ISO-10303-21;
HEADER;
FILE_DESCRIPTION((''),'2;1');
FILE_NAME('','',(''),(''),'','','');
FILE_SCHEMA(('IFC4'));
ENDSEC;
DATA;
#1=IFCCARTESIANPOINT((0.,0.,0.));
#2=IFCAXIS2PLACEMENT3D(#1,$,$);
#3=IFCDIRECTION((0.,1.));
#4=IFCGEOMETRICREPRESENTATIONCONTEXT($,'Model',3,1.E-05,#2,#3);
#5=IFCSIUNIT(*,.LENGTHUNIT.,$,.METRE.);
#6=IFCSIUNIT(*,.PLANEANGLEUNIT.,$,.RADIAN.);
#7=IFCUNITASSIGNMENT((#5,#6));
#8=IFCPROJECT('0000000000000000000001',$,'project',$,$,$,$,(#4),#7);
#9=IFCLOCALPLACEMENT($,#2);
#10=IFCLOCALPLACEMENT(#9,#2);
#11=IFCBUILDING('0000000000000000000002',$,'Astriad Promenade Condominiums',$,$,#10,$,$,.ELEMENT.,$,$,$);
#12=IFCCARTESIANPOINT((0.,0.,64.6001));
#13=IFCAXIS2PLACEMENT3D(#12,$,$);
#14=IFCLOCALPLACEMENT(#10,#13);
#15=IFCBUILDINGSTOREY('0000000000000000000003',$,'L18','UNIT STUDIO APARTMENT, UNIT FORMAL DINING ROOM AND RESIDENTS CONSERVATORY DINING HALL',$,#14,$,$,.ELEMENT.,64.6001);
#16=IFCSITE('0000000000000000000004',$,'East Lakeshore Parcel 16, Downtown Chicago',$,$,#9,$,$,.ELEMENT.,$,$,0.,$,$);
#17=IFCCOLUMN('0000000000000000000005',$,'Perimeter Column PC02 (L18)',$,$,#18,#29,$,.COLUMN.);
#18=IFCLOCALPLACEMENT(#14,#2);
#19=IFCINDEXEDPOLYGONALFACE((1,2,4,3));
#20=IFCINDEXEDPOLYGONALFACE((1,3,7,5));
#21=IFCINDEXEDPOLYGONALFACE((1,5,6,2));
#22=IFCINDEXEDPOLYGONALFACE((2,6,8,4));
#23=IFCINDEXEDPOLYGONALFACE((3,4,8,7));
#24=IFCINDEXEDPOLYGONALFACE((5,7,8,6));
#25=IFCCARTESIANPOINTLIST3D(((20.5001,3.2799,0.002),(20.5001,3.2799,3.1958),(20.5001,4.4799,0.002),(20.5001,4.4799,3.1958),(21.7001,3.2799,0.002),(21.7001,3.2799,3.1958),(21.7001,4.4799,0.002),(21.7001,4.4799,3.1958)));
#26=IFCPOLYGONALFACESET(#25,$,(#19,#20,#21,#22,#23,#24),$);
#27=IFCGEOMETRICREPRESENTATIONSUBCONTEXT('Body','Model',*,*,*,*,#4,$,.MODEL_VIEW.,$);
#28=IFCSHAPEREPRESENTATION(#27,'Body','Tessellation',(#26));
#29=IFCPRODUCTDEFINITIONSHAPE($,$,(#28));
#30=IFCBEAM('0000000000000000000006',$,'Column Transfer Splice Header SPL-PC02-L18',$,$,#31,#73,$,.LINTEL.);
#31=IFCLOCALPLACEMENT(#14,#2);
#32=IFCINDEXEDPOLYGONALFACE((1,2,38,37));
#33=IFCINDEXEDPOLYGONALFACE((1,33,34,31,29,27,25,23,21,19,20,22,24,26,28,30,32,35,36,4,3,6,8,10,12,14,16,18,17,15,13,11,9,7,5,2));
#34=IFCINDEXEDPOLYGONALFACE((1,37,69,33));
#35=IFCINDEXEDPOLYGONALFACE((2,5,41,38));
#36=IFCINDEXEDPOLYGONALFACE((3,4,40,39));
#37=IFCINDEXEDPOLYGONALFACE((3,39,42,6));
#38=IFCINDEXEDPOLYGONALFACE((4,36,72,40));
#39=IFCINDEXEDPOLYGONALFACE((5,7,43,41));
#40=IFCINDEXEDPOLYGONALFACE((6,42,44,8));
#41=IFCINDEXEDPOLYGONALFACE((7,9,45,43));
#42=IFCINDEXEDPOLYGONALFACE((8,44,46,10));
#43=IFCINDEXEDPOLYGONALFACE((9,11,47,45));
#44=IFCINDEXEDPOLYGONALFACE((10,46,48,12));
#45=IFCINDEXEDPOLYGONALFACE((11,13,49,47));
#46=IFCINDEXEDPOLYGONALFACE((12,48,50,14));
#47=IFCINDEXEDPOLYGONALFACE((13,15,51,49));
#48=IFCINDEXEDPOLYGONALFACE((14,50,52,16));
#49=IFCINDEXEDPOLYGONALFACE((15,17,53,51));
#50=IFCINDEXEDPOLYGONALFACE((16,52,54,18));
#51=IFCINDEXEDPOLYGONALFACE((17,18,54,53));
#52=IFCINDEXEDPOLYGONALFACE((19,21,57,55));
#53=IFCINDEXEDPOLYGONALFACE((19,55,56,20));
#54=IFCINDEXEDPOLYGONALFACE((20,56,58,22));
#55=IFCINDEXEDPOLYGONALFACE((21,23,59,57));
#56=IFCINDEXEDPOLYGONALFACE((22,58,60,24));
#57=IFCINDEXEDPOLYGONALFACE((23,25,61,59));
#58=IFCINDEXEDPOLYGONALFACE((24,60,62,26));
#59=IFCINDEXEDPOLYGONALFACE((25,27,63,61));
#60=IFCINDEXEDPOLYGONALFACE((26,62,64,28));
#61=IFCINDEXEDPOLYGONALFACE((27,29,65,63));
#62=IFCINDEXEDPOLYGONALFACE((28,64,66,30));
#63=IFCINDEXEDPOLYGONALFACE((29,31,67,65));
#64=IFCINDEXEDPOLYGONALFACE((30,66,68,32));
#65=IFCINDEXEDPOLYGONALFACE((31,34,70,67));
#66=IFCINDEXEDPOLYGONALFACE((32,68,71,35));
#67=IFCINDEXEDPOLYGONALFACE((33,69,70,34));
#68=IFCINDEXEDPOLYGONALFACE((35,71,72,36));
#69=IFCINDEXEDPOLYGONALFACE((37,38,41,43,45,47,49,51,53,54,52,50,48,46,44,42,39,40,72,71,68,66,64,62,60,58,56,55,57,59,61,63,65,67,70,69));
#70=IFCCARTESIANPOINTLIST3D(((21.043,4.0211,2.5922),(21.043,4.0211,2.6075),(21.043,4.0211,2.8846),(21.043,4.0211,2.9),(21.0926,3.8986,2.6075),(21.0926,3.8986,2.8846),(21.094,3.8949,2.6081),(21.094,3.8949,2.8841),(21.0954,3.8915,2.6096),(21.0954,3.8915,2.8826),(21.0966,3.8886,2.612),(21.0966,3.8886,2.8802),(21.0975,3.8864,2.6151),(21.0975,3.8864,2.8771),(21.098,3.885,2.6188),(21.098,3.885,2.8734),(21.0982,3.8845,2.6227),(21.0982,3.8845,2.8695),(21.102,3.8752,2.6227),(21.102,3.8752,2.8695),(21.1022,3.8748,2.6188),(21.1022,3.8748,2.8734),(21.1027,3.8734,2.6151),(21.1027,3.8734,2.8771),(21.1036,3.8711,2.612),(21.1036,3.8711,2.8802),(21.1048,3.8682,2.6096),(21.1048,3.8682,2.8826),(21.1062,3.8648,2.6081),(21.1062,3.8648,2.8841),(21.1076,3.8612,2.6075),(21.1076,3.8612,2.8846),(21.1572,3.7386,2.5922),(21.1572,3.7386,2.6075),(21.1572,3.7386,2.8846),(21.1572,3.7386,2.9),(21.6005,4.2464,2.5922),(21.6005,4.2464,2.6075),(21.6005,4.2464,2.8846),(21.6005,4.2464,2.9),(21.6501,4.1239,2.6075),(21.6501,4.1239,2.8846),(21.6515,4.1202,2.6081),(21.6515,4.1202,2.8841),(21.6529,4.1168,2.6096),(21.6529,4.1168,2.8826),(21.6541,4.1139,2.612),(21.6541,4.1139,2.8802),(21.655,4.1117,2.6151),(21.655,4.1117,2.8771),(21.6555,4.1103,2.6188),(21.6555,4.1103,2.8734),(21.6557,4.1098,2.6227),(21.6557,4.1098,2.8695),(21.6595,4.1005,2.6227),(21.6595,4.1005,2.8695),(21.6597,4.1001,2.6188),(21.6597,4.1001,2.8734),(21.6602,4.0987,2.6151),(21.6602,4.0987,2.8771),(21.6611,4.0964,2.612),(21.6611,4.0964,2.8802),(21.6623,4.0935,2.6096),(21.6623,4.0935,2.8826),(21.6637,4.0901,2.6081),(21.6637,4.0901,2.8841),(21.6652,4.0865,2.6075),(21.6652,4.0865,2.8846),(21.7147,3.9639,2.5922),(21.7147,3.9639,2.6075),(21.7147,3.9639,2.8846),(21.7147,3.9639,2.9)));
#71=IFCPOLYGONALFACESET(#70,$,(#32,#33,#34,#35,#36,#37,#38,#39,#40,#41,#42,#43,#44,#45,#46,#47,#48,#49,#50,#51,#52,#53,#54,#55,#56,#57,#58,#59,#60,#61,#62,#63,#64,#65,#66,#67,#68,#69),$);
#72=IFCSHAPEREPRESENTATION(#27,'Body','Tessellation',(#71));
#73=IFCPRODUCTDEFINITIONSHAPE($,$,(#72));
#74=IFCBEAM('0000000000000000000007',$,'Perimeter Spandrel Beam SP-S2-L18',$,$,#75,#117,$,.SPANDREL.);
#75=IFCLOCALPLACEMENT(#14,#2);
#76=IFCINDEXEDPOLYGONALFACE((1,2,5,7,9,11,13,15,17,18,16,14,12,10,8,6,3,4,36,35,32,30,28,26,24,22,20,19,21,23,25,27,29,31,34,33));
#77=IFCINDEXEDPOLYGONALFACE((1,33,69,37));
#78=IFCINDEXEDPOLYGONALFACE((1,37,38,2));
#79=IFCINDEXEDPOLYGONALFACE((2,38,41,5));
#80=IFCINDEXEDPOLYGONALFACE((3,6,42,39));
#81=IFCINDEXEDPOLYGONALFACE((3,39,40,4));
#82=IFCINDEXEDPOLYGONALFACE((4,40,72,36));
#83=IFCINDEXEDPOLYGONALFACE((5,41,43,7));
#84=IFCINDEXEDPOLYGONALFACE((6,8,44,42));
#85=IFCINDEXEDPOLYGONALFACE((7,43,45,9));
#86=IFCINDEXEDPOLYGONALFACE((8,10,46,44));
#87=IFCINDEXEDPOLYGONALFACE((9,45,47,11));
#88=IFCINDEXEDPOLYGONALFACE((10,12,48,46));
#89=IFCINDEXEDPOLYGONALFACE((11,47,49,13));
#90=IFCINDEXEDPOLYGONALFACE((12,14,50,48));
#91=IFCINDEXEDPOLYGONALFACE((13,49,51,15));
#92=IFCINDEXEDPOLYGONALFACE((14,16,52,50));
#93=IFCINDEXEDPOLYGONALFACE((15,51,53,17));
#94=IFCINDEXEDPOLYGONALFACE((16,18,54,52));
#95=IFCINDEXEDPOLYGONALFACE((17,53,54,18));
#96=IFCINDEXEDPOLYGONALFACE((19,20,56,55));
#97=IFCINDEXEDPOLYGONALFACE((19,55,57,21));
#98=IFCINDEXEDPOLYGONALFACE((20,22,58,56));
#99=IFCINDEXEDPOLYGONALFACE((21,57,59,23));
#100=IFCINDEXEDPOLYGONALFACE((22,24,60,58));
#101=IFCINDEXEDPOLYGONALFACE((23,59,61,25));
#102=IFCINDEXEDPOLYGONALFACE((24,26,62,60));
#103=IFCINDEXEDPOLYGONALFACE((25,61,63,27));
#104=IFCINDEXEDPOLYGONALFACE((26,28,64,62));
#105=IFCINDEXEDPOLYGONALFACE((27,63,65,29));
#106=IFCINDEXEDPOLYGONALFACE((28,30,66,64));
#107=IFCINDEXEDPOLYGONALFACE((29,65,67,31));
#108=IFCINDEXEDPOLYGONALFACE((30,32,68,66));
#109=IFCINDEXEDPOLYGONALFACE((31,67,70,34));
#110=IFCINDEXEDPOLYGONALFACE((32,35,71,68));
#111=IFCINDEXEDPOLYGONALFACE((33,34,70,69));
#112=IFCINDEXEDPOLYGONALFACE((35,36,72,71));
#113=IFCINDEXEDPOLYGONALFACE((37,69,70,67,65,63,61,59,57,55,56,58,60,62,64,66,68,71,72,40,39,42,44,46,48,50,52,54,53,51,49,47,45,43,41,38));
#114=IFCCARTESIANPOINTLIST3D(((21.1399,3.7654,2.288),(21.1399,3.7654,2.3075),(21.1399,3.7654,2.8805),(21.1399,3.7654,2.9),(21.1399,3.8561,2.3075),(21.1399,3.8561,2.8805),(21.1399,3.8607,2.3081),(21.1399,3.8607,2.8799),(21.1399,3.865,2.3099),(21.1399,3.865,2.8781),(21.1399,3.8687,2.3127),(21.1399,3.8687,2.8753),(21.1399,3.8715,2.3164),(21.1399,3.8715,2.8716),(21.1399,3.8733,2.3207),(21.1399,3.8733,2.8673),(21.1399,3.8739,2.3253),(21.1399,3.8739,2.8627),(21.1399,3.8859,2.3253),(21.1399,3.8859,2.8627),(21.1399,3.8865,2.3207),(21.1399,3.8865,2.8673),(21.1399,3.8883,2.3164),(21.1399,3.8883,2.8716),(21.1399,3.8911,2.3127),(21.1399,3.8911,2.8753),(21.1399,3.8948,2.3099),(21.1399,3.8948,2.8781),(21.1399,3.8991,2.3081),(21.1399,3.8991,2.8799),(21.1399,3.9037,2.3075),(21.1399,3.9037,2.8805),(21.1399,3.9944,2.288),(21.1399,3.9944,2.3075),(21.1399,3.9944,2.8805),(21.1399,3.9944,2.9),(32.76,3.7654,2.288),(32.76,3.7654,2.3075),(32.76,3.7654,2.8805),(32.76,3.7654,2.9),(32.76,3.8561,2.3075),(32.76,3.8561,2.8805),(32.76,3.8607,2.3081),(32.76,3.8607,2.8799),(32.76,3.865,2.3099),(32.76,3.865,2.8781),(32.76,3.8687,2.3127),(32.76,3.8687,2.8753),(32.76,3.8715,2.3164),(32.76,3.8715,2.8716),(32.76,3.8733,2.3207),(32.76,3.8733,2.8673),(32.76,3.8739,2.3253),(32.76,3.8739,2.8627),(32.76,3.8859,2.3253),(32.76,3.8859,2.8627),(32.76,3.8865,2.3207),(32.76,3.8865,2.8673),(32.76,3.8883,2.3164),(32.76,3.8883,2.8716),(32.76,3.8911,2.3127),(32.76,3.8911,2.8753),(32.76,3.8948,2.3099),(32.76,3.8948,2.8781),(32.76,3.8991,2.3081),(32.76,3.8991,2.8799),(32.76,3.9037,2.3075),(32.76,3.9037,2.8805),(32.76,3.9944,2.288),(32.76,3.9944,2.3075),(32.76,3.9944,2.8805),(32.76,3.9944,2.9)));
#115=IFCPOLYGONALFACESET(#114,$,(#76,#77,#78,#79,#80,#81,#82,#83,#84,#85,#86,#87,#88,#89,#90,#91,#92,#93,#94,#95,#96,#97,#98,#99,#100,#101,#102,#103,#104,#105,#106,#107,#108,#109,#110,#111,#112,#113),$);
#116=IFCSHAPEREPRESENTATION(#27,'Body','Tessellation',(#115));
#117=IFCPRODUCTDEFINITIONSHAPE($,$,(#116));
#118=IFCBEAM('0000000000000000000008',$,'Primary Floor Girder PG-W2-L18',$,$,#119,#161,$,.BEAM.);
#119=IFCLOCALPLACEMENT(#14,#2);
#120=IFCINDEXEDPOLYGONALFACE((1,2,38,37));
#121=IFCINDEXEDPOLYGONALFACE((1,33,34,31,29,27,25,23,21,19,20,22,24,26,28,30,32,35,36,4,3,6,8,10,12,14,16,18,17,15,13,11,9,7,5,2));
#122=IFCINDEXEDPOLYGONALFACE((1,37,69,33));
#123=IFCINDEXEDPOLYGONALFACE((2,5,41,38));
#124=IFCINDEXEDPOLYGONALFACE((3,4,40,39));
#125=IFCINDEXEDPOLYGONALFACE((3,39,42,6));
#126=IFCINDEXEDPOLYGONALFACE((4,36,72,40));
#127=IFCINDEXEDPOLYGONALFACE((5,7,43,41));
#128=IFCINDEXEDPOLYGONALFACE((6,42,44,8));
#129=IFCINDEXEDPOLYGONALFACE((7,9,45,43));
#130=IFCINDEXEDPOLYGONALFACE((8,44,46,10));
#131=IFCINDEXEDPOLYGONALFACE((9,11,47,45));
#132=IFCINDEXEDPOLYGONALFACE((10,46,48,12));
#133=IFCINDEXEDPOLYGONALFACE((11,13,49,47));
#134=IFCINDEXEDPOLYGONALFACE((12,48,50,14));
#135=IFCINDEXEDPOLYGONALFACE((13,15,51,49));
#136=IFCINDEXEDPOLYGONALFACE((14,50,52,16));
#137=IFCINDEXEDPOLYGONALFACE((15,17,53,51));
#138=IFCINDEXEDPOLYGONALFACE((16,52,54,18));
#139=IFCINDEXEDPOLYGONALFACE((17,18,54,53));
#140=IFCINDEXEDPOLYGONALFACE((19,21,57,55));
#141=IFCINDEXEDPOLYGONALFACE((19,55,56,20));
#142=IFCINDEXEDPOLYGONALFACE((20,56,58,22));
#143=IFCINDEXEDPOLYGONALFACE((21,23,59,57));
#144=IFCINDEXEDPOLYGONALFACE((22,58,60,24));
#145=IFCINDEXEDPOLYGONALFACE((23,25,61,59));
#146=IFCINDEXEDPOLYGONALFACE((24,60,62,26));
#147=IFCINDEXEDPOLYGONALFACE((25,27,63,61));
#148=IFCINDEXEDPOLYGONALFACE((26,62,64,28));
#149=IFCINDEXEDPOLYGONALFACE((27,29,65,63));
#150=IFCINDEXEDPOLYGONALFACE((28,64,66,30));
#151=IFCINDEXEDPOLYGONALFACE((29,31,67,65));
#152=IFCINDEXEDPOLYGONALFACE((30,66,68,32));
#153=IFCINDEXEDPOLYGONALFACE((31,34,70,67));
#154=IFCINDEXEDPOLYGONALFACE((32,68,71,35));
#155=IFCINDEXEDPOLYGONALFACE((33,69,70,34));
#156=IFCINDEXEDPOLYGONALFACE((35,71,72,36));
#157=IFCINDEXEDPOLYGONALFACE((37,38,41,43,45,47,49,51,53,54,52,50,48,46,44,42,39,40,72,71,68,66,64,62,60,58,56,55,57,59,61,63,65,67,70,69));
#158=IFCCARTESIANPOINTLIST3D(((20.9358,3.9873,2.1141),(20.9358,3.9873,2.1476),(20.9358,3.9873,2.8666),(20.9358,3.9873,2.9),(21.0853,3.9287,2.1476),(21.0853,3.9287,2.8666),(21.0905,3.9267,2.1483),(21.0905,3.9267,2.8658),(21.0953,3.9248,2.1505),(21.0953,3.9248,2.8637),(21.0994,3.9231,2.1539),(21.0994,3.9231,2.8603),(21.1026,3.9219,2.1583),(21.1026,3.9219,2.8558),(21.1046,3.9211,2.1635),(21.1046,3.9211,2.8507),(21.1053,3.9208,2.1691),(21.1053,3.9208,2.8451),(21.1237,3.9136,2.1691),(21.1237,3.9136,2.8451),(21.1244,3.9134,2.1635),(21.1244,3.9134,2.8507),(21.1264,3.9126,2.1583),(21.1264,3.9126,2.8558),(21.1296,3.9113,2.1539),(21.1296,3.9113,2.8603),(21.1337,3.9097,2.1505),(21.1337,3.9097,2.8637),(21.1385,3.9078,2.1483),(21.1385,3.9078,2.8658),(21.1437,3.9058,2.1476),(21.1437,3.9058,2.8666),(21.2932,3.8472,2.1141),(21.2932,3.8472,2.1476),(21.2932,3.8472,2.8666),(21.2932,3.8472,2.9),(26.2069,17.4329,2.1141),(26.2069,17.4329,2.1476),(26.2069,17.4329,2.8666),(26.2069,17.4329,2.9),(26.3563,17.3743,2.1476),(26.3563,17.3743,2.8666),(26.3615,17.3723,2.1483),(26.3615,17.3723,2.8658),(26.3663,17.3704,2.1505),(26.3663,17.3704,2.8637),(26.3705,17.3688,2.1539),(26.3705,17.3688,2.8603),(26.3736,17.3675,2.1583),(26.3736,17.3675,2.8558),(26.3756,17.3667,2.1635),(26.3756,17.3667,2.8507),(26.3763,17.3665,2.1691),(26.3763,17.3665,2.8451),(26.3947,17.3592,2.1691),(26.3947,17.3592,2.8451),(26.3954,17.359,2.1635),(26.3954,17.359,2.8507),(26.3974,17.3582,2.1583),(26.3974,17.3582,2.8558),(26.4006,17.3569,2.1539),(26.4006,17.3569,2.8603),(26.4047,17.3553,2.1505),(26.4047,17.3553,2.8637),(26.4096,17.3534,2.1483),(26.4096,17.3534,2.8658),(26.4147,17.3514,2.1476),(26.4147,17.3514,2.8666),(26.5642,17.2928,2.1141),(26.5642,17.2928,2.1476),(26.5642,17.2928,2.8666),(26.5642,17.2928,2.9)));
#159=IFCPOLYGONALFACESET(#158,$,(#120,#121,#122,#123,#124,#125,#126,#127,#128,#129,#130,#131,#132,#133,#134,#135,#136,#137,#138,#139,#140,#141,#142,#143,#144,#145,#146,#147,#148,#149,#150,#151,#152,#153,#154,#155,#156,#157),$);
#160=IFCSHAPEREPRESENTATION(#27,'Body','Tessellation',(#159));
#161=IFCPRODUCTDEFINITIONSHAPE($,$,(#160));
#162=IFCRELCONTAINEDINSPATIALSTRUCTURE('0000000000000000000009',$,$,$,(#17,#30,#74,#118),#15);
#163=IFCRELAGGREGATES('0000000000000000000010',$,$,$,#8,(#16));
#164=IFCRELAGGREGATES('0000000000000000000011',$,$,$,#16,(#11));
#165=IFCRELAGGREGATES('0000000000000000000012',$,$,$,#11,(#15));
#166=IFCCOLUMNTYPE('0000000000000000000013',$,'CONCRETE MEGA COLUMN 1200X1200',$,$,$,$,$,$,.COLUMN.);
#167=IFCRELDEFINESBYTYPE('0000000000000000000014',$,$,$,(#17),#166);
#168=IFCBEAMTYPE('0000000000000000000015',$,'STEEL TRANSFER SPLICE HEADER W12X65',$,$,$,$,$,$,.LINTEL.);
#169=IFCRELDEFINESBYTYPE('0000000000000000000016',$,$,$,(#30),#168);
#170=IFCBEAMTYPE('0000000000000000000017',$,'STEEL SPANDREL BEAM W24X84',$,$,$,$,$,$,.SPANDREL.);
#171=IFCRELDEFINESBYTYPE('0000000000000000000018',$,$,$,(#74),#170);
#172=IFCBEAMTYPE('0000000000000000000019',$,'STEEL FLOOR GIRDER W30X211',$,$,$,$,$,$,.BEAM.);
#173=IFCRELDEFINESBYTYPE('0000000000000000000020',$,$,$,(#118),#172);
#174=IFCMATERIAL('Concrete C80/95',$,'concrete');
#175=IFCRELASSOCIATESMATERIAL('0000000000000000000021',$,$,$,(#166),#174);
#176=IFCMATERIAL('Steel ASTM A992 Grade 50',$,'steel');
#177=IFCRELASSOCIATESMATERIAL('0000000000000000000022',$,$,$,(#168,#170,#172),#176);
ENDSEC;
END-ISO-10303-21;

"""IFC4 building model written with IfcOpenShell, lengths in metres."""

from ifc_helpers import new_model, si_unit, direction, frame, origin, origin_2d, place, context, subcontext, project, spatial, rectangle, i_section, extrude, source, transform, mapped, material, material_profile, profile_set, type_object, type_shapes, element, save


model = new_model("IFC4")

# Units and contexts
model_context = context("Model", 3, precision=1e-05, world=origin(), true_north=direction((0.0, 1.0)))
body_context = subcontext(model_context, "Body", "Model", "MODEL_VIEW")
ifc_project = project(units=[si_unit("LENGTHUNIT", "METRE"), si_unit("PLANEANGLEUNIT", "RADIAN")], contexts=[model_context])

# Site, building, storey
site_placement = place(None, origin())
site = spatial("IfcSite", under=ifc_project, at=site_placement, Name="East Lakeshore Parcel 16, Downtown Chicago", CompositionType="ELEMENT", RefElevation=0.0)
building_placement = place(site_placement, origin())
building = spatial("IfcBuilding", under=site, at=building_placement, Name="Astriad Promenade Condominiums", CompositionType="ELEMENT")
storey_placement = place(building_placement, frame((0.0, 0.0, 64.6001)))
storey = spatial("IfcBuildingStorey", under=building, at=storey_placement, Name="L18", Description="UNIT STUDIO APARTMENT, UNIT FORMAL DINING ROOM AND RESIDENTS CONSERVATORY DINING HALL", CompositionType="ELEMENT", Elevation=64.6001)

# Column
ifc_material_1 = material(Name="Concrete C80/95", Category="concrete")
ifc_material_profile_1 = material_profile(ifc_material_1, rectangle(XDim=1.2, YDim=1.2, at=origin_2d()), Name="RC-COL-1200X1200")
ifc_profile_set_1 = profile_set([ifc_material_profile_1], Name="Concrete C80/95")
column_type = type_object("IfcColumnType", Name="CONCRETE MEGA COLUMN 1200X1200", PredefinedType="COLUMN", material=ifc_profile_set_1)
shared_shape_1 = source(origin(), body_context, "Body", "SweptSolid", [
    extrude(rectangle(XDim=1.2, YDim=1.2, at=origin_2d()), origin(), (0.0, 0.0, 1.0), 3.1938),
])
type_shapes(column_type, [shared_shape_1])
column_placement = place(storey_placement, frame((21.1001, 3.8799, 0.002), z_axis=(0.0, 0.0, 1.0), x_axis=(1.0, 0.0, 0.0)))
element("IfcColumn", 1, at=column_placement, inside=storey, type_object=column_type, Name="Perimeter Column PC02 (L18)", PredefinedType="COLUMN", context=body_context, shape_type="MappedRepresentation", body=[
    mapped(shared_shape_1, transform((0.0, 0.0, 0.0), scale=1.0)),
])

# Beams
ifc_material_2 = material(Name="Steel ASTM A992 Grade 50", Category="steel")
ifc_material_profile_2 = material_profile(ifc_material_2, i_section(OverallWidth=0.3047, OverallDepth=0.3079, WebThickness=0.01, FlangeThickness=0.0154, FilletRadius=0.0151, at=origin_2d()), Name="W12X65")
ifc_profile_set_2 = profile_set([ifc_material_profile_2], Name="Steel ASTM A992 Grade 50")
beam_type_1 = type_object("IfcBeamType", Name="STEEL TRANSFER SPLICE HEADER W12X65", PredefinedType="LINTEL", material=ifc_profile_set_2)
shared_shape_2 = source(origin(), body_context, "Body", "SweptSolid", [
    extrude(i_section(OverallWidth=0.3047, OverallDepth=0.3079, WebThickness=0.01, FlangeThickness=0.0154, FilletRadius=0.0151, at=origin_2d()), origin(), (0.0, 0.0, 1.0), 0.6013),
])
type_shapes(beam_type_1, [shared_shape_2])
beam_1_placement = place(storey_placement, frame((21.1001, 3.8799, 2.7461), z_axis=(0.927155, 0.374678, 0.0), x_axis=(-0.374678, 0.927155, 0.0)))
element("IfcBeam", 2, at=beam_1_placement, inside=storey, type_object=beam_type_1, Name="Column Transfer Splice Header SPL-PC02-L18", PredefinedType="LINTEL", context=body_context, shape_type="MappedRepresentation", body=[
    mapped(shared_shape_2, transform((0.0, 0.0, 0.0), scale=1.0)),
])
ifc_material_profile_3 = material_profile(ifc_material_2, i_section(OverallWidth=0.229, OverallDepth=0.6121, WebThickness=0.012, FlangeThickness=0.0195, FilletRadius=0.0178, at=origin_2d()), Name="W24X84")
ifc_profile_set_3 = profile_set([ifc_material_profile_3], Name="Steel ASTM A992 Grade 50")
beam_type_2 = type_object("IfcBeamType", Name="STEEL SPANDREL BEAM W24X84", PredefinedType="SPANDREL", material=ifc_profile_set_3)
shared_shape_3 = source(origin(), body_context, "Body", "SweptSolid", [
    extrude(i_section(OverallWidth=0.229, OverallDepth=0.6121, WebThickness=0.012, FlangeThickness=0.0195, FilletRadius=0.0178, at=origin_2d()), origin(), (0.0, 0.0, 1.0), 11.6201),
])
type_shapes(beam_type_2, [shared_shape_3])
beam_2_placement = place(storey_placement, frame((21.1399, 3.8799, 2.594), z_axis=(1.0, 0.0, 0.0), x_axis=(0.0, 1.0, 0.0)))
element("IfcBeam", 3, at=beam_2_placement, inside=storey, type_object=beam_type_2, Name="Perimeter Spandrel Beam SP-S2-L18", PredefinedType="SPANDREL", context=body_context, shape_type="MappedRepresentation", body=[
    mapped(shared_shape_3, transform((0.0, 0.0, 0.0), scale=1.0)),
])
ifc_material_profile_4 = material_profile(ifc_material_2, i_section(OverallWidth=0.3838, OverallDepth=0.7859, WebThickness=0.0198, FlangeThickness=0.0334, FilletRadius=0.0215, at=origin_2d()), Name="W30X211")
ifc_profile_set_4 = profile_set([ifc_material_profile_4], Name="Steel ASTM A992 Grade 50")
beam_type_3 = type_object("IfcBeamType", Name="STEEL FLOOR GIRDER W30X211", PredefinedType="BEAM", material=ifc_profile_set_4)
shared_shape_4 = source(origin(), body_context, "Body", "SweptSolid", [
    extrude(i_section(OverallWidth=0.3838, OverallDepth=0.7859, WebThickness=0.0198, FlangeThickness=0.0334, FilletRadius=0.0215, at=origin_2d()), origin(), (0.0, 0.0, 1.0), 14.4419),
])
type_shapes(beam_type_3, [shared_shape_4])
beam_3_placement = place(storey_placement, frame((21.1145, 3.9172, 2.5071), z_axis=(0.364981, 0.931015, 0.0), x_axis=(-0.931015, 0.364981, 0.0)))
element("IfcBeam", 4, at=beam_3_placement, inside=storey, type_object=beam_type_3, Name="Primary Floor Girder PG-W2-L18", PredefinedType="BEAM", context=body_context, shape_type="MappedRepresentation", body=[
    mapped(shared_shape_4, transform((0.0, 0.0, 0.0), scale=1.0)),
])

save(model, "model.ifc")
